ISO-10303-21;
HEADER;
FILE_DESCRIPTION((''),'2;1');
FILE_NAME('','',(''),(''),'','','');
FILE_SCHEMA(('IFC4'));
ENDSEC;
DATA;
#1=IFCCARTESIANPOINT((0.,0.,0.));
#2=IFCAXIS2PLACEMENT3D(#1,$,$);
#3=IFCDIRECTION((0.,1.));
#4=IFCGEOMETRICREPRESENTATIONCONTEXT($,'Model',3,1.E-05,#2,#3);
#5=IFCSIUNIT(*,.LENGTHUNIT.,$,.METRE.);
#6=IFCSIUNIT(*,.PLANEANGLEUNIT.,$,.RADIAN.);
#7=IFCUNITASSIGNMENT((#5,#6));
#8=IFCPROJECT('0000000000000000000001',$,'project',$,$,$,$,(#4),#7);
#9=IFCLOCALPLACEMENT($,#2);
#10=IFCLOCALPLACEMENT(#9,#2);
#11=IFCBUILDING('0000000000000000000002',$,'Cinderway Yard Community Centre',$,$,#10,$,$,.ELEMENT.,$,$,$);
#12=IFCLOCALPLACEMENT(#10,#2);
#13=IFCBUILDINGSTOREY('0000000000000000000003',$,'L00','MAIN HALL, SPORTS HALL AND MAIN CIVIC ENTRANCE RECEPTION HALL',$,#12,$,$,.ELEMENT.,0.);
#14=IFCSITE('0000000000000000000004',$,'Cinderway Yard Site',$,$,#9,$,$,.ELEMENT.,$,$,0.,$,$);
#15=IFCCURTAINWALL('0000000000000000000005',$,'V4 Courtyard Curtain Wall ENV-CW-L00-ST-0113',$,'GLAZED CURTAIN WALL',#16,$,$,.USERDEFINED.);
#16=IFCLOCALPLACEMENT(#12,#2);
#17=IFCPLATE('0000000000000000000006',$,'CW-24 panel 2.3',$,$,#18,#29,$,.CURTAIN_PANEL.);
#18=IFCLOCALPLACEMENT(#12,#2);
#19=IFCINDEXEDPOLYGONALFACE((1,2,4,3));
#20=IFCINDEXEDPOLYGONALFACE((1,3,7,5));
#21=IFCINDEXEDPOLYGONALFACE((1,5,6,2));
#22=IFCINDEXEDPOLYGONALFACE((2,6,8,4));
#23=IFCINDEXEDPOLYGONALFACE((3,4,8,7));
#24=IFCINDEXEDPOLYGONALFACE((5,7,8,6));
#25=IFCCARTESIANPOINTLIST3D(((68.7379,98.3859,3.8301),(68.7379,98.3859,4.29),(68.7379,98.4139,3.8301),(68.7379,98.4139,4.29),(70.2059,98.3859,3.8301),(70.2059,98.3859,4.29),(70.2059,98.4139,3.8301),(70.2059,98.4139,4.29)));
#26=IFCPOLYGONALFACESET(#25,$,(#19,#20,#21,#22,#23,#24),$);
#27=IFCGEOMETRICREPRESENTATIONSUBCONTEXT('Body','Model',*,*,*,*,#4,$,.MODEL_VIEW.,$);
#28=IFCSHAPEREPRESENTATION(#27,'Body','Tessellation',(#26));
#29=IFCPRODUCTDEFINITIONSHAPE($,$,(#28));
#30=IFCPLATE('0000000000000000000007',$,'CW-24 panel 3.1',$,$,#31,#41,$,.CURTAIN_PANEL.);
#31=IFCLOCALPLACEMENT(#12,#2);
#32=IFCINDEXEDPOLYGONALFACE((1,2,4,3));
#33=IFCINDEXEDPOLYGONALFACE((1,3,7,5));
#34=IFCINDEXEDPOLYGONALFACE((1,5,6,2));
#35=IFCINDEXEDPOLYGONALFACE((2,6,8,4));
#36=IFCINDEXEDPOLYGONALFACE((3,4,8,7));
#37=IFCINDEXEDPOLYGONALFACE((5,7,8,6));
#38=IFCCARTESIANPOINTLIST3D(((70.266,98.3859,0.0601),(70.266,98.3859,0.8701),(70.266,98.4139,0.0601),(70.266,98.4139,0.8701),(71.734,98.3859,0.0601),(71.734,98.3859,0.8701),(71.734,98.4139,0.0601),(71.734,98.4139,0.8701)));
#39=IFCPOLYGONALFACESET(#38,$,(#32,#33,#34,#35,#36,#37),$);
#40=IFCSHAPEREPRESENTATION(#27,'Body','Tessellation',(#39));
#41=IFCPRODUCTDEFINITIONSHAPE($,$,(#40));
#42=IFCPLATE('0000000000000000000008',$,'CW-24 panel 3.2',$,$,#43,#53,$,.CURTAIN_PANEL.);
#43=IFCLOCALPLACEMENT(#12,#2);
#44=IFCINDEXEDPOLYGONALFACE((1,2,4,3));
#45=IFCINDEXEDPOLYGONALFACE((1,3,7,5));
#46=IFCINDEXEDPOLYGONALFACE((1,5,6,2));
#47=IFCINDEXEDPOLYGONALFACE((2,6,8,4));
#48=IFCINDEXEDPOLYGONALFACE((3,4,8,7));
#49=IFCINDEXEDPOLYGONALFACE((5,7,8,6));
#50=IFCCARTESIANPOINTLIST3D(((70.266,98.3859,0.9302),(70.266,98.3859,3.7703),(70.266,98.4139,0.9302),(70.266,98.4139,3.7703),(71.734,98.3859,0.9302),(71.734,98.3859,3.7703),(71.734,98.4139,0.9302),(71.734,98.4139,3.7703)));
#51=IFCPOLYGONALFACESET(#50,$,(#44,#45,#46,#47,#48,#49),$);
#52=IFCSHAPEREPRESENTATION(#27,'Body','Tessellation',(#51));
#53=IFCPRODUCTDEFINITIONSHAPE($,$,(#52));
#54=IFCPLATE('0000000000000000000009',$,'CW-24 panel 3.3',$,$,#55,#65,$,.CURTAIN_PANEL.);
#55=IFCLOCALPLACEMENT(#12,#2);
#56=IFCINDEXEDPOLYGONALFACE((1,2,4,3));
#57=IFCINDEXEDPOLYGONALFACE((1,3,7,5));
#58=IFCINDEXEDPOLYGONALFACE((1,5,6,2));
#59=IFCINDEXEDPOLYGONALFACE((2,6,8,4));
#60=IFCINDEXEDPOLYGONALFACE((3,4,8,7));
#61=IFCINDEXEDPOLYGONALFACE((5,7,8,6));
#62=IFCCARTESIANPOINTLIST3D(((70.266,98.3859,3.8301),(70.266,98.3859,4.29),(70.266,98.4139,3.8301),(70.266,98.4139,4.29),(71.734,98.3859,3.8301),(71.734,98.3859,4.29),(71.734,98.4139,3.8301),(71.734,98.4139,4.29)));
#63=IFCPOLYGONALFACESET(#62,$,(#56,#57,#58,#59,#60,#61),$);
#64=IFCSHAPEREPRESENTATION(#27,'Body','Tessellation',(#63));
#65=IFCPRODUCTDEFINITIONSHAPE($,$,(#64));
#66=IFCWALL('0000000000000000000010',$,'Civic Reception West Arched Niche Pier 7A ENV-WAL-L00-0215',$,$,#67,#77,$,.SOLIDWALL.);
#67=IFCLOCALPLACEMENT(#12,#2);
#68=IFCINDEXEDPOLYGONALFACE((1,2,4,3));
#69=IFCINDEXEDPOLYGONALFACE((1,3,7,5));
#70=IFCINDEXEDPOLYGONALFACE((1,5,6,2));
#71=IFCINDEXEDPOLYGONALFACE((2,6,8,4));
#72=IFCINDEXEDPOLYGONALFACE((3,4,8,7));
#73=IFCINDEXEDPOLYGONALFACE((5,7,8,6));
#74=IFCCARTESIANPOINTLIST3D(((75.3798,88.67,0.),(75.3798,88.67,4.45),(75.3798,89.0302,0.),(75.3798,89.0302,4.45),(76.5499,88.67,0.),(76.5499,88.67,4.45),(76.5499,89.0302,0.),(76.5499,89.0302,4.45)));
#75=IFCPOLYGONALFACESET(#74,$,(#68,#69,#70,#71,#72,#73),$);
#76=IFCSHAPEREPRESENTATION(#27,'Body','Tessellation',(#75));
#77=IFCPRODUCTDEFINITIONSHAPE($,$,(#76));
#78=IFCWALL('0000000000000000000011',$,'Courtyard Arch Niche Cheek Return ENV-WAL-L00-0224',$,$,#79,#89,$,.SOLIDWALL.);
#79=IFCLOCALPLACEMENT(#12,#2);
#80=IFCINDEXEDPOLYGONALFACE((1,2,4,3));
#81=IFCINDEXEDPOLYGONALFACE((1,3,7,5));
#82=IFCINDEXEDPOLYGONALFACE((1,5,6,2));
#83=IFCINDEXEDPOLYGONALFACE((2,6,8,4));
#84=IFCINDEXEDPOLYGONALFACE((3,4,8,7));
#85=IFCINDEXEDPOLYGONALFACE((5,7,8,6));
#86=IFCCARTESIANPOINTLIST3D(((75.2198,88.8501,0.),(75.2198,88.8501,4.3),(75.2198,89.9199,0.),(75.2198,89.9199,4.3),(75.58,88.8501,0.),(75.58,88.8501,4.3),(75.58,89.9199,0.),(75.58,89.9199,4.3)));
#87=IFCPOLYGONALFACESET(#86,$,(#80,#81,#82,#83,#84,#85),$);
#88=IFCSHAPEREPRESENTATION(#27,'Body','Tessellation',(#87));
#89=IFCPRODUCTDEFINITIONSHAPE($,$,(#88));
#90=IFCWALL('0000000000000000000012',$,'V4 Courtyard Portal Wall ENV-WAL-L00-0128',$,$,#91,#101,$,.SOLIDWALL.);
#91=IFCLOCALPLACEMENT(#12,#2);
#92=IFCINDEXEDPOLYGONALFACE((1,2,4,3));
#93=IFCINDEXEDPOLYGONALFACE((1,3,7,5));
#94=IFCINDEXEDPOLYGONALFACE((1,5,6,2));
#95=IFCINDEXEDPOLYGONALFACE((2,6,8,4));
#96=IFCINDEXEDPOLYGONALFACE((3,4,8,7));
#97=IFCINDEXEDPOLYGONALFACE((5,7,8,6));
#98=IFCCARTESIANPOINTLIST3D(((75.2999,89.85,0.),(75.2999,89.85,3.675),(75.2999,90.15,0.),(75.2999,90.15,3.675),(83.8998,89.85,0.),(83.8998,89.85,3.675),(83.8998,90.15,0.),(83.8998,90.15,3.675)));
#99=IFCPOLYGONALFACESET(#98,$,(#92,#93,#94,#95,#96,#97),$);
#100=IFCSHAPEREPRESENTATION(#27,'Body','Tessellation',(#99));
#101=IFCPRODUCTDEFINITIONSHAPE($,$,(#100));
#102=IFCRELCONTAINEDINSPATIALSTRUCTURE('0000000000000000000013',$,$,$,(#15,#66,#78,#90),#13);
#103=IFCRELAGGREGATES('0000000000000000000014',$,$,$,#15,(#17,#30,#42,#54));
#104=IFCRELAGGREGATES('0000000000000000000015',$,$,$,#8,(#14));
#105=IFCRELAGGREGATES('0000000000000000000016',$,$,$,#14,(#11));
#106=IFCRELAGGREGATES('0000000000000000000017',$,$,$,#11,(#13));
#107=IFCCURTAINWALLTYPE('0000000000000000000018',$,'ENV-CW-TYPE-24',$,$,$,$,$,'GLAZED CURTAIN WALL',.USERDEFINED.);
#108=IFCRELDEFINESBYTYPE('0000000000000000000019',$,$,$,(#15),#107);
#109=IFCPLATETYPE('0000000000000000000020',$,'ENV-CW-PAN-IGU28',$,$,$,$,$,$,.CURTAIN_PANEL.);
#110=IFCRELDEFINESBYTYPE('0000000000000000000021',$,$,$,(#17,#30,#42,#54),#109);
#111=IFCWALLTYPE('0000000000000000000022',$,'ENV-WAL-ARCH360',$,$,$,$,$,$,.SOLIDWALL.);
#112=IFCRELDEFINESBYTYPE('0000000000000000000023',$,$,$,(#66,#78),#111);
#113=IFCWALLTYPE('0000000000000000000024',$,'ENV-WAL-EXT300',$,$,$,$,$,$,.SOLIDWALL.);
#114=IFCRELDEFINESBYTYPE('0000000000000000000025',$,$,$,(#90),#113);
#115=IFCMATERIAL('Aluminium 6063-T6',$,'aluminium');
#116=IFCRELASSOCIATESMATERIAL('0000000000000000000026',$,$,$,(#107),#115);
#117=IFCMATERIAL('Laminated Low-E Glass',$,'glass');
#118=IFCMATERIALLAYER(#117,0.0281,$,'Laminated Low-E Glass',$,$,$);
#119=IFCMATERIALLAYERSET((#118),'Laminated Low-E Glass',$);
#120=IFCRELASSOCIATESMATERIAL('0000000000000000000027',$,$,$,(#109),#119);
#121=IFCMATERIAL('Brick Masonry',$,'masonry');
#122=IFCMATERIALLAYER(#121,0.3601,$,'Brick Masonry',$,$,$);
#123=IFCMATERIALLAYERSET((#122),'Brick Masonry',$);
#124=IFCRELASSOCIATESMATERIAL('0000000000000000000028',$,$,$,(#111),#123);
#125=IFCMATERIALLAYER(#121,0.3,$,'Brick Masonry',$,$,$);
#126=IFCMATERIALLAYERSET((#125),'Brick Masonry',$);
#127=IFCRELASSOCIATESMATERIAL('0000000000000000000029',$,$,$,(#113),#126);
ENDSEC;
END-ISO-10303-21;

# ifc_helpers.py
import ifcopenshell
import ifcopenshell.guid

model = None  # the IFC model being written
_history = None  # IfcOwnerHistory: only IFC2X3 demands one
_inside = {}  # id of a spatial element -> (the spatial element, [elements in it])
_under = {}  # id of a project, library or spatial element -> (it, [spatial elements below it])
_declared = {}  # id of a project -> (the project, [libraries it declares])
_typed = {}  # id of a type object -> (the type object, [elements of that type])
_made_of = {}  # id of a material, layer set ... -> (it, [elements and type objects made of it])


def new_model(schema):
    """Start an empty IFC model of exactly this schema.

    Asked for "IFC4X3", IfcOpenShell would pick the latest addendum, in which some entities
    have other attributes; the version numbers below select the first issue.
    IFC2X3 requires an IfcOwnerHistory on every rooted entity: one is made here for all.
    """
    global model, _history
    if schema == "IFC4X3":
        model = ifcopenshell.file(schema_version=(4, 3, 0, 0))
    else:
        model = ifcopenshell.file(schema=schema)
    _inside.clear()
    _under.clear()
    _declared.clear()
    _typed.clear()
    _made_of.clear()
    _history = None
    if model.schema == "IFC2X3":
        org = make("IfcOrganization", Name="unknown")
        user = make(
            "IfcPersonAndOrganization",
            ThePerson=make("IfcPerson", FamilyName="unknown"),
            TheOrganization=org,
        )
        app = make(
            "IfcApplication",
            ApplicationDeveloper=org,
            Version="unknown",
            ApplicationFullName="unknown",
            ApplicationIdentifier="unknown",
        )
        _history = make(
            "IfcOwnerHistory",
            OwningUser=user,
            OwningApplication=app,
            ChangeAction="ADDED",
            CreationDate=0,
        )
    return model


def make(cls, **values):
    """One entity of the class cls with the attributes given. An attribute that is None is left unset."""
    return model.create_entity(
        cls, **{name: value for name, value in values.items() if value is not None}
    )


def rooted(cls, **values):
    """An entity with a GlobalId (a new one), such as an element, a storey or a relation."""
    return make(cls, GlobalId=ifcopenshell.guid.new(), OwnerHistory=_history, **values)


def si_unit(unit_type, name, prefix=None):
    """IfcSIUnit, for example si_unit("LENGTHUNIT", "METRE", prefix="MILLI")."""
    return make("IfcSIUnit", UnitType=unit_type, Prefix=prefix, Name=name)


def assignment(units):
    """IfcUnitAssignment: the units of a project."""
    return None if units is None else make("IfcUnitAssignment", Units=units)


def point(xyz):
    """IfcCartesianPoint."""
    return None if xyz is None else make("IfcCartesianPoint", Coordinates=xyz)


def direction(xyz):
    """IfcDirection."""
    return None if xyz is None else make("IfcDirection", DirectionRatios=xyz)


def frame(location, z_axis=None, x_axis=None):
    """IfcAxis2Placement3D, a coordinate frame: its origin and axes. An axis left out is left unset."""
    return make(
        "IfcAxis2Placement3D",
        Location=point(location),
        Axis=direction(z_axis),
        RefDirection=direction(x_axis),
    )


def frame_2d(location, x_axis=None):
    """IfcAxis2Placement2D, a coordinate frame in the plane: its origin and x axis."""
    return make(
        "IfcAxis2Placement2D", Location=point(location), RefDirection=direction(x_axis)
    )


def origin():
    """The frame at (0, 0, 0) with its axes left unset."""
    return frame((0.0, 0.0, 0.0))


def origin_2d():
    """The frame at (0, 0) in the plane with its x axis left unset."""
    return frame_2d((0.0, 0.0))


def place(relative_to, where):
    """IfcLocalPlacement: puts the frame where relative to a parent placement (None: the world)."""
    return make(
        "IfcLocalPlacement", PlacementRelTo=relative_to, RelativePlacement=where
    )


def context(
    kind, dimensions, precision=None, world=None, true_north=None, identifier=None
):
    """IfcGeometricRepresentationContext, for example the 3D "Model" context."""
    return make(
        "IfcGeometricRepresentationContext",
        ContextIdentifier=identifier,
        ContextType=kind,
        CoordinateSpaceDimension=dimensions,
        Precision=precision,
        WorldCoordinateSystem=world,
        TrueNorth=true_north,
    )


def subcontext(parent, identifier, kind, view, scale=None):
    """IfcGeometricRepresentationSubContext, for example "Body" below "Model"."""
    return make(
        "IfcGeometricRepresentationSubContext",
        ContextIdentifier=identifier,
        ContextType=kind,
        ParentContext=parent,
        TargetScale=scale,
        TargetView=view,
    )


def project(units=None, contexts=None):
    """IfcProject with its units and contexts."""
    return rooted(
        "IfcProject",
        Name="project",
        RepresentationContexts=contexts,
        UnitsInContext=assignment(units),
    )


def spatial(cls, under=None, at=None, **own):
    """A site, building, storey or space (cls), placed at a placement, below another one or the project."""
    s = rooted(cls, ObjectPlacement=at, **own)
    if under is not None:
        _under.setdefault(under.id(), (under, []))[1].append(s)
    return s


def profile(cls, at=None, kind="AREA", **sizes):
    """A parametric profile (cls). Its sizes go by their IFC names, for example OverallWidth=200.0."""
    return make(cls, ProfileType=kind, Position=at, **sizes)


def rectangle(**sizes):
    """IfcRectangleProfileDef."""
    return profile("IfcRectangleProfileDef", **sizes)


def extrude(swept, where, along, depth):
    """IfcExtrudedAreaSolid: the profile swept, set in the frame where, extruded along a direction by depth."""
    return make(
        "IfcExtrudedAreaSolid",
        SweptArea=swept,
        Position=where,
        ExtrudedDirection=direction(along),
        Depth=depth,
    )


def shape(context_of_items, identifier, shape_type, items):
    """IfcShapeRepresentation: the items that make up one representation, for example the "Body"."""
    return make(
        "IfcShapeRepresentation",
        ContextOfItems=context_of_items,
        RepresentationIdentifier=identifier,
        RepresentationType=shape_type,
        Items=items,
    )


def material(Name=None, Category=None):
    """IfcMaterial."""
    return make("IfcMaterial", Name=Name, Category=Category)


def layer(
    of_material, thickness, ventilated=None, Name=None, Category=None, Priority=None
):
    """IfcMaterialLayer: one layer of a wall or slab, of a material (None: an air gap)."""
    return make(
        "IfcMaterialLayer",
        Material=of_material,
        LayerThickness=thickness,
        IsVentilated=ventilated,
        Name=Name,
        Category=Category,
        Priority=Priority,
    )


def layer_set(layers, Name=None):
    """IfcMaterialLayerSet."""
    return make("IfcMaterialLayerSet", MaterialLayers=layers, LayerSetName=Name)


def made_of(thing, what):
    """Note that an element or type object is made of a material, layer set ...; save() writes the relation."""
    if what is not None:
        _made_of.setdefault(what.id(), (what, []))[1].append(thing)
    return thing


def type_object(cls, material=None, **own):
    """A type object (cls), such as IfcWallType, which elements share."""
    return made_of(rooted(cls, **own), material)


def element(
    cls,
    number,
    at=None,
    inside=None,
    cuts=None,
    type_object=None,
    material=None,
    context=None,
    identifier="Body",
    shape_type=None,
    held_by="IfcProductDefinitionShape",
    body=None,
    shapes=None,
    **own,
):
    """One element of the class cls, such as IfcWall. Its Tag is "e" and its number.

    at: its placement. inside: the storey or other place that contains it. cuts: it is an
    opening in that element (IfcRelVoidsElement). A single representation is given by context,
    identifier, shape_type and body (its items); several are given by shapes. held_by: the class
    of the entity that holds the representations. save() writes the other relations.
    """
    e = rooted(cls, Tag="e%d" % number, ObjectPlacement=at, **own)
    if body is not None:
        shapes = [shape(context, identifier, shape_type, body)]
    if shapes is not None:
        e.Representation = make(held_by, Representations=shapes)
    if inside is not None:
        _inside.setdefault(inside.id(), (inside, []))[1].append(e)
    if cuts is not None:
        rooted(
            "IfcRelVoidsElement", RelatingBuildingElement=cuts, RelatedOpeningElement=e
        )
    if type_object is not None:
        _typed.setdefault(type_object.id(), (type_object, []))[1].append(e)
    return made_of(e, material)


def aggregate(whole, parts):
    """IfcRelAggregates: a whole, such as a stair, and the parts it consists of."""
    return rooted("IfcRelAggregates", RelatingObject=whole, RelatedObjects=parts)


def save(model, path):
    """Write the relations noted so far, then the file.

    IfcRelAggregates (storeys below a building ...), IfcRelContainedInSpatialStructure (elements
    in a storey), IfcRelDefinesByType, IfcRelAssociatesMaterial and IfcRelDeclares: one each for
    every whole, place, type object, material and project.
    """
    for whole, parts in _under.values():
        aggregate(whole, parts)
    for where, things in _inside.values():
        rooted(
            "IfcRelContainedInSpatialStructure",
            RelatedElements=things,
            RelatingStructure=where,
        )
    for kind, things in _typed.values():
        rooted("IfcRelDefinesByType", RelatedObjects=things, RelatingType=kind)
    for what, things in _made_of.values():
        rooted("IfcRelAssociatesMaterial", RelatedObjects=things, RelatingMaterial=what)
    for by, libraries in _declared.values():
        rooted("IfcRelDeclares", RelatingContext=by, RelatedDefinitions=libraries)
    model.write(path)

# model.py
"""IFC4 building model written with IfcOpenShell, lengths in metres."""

from ifc_helpers import new_model, si_unit, direction, frame, frame_2d, origin, origin_2d, place, context, subcontext, project, spatial, rectangle, extrude, material, layer, layer_set, type_object, element, aggregate, save


model = new_model("IFC4")

# Units and contexts
model_context = context("Model", 3, precision=1e-05, world=origin(), true_north=direction((0.0, 1.0)))
body_context = subcontext(model_context, "Body", "Model", "MODEL_VIEW")
ifc_project = project(units=[si_unit("LENGTHUNIT", "METRE"), si_unit("PLANEANGLEUNIT", "RADIAN")], contexts=[model_context])

# Site, building, storey
site_placement = place(None, origin())
site = spatial("IfcSite", under=ifc_project, at=site_placement, Name="Cinderway Yard Site", CompositionType="ELEMENT", RefElevation=0.0)
building_placement = place(site_placement, origin())
building = spatial("IfcBuilding", under=site, at=building_placement, Name="Cinderway Yard Community Centre", CompositionType="ELEMENT")
storey_placement = place(building_placement, origin())
storey = spatial("IfcBuildingStorey", under=building, at=storey_placement, Name="L00", Description="MAIN HALL, SPORTS HALL AND MAIN CIVIC ENTRANCE RECEPTION HALL", CompositionType="ELEMENT", Elevation=0.0)

# Curtain wall, plates
ifc_material_1 = material(Name="Aluminium 6063-T6", Category="aluminium")
curtain_wall_type = type_object("IfcCurtainWallType", Name="ENV-CW-TYPE-24", ElementType="GLAZED CURTAIN WALL", PredefinedType="USERDEFINED", material=ifc_material_1)
curtain_wall_placement = place(storey_placement, origin())
curtain_wall = element("IfcCurtainWall", 1, at=curtain_wall_placement, inside=storey, type_object=curtain_wall_type, Name="V4 Courtyard Curtain Wall ENV-CW-L00-ST-0113", ObjectType="GLAZED CURTAIN WALL", PredefinedType="USERDEFINED")
ifc_material_2 = material(Name="Laminated Low-E Glass", Category="glass")
ifc_layer_1 = layer(ifc_material_2, 0.0281, Name="Laminated Low-E Glass")
ifc_layer_set_1 = layer_set([ifc_layer_1], Name="Laminated Low-E Glass")
plate_type = type_object("IfcPlateType", Name="ENV-CW-PAN-IGU28", PredefinedType="CURTAIN_PANEL", material=ifc_layer_set_1)
plate_1_placement = place(storey_placement, frame((69.4719, 98.3999, 3.8301), z_axis=(0.0, 0.0, 1.0), x_axis=(1.0, 0.0, 0.0)))
plate_1 = element("IfcPlate", 2, at=plate_1_placement, type_object=plate_type, Name="CW-24 panel 2.3", PredefinedType="CURTAIN_PANEL", context=body_context, shape_type="SweptSolid", body=[
    extrude(rectangle(XDim=1.468, YDim=0.0281, at=origin_2d()), origin(), (0.0, 0.0, 1.0), 0.46),
])
plate_2_placement = place(storey_placement, frame((71.0, 98.3999, 0.0601), z_axis=(0.0, 0.0, 1.0), x_axis=(1.0, 0.0, 0.0)))
plate_2 = element("IfcPlate", 3, at=plate_2_placement, type_object=plate_type, Name="CW-24 panel 3.1", PredefinedType="CURTAIN_PANEL", context=body_context, shape_type="SweptSolid", body=[
    extrude(rectangle(XDim=1.468, YDim=0.0281, at=origin_2d()), origin(), (0.0, 0.0, 1.0), 0.8101),
])
plate_3_placement = place(storey_placement, frame((71.0, 98.3999, 0.9302), z_axis=(0.0, 0.0, 1.0), x_axis=(1.0, 0.0, 0.0)))
plate_3 = element("IfcPlate", 4, at=plate_3_placement, type_object=plate_type, Name="CW-24 panel 3.2", PredefinedType="CURTAIN_PANEL", context=body_context, shape_type="SweptSolid", body=[
    extrude(rectangle(XDim=1.468, YDim=0.0281, at=origin_2d()), origin(), (0.0, 0.0, 1.0), 2.8401),
])
plate_4_placement = place(storey_placement, frame((71.0, 98.3999, 3.8301), z_axis=(0.0, 0.0, 1.0), x_axis=(1.0, 0.0, 0.0)))
plate_4 = element("IfcPlate", 5, at=plate_4_placement, type_object=plate_type, Name="CW-24 panel 3.3", PredefinedType="CURTAIN_PANEL", context=body_context, shape_type="SweptSolid", body=[
    extrude(rectangle(XDim=1.468, YDim=0.0281, at=origin_2d()), origin(), (0.0, 0.0, 1.0), 0.46),
])
aggregate(curtain_wall, [plate_1, plate_2, plate_3, plate_4])

# Walls
ifc_material_3 = material(Name="Brick Masonry", Category="masonry")
ifc_layer_2 = layer(ifc_material_3, 0.3601, Name="Brick Masonry")
ifc_layer_set_2 = layer_set([ifc_layer_2], Name="Brick Masonry")
wall_type_1 = type_object("IfcWallType", Name="ENV-WAL-ARCH360", PredefinedType="SOLIDWALL", material=ifc_layer_set_2)
wall_1_placement = place(storey_placement, frame((75.3799, 88.8501, 0.0), z_axis=(0.0, 0.0, 1.0), x_axis=(1.0, 0.0, 0.0)))
element("IfcWall", 6, at=wall_1_placement, inside=storey, type_object=wall_type_1, Name="Civic Reception West Arched Niche Pier 7A ENV-WAL-L00-0215", PredefinedType="SOLIDWALL", context=body_context, shape_type="SweptSolid", body=[
    extrude(rectangle(XDim=1.1702, YDim=0.3601, at=frame_2d((0.585, 0.0))), origin(), (0.0, 0.0, 1.0), 4.45),
])
wall_2_placement = place(storey_placement, frame((75.3999, 88.8501, 0.0), z_axis=(0.0, 0.0, 1.0), x_axis=(0.0, 1.0, 0.0)))
element("IfcWall", 7, at=wall_2_placement, inside=storey, type_object=wall_type_1, Name="Courtyard Arch Niche Cheek Return ENV-WAL-L00-0224", PredefinedType="SOLIDWALL", context=body_context, shape_type="SweptSolid", body=[
    extrude(rectangle(XDim=1.0698, YDim=0.3601, at=frame_2d((0.5349, 0.0))), origin(), (0.0, 0.0, 1.0), 4.3),
])

# Wall
ifc_layer_3 = layer(ifc_material_3, 0.3, Name="Brick Masonry")
ifc_layer_set_3 = layer_set([ifc_layer_3], Name="Brick Masonry")
wall_type_2 = type_object("IfcWallType", Name="ENV-WAL-EXT300", PredefinedType="SOLIDWALL", material=ifc_layer_set_3)
wall_3_placement = place(storey_placement, frame((75.3, 90.0, 0.0), z_axis=(0.0, 0.0, 1.0), x_axis=(1.0, 0.0, 0.0)))
element("IfcWall", 8, at=wall_3_placement, inside=storey, type_object=wall_type_2, Name="V4 Courtyard Portal Wall ENV-WAL-L00-0128", PredefinedType="SOLIDWALL", context=body_context, shape_type="SweptSolid", body=[
    extrude(rectangle(XDim=8.5999, YDim=0.3, at=frame_2d((4.2998, 0.0))), origin(), (0.0, 0.0, 1.0), 3.675),
])

save(model, "model.ifc")
